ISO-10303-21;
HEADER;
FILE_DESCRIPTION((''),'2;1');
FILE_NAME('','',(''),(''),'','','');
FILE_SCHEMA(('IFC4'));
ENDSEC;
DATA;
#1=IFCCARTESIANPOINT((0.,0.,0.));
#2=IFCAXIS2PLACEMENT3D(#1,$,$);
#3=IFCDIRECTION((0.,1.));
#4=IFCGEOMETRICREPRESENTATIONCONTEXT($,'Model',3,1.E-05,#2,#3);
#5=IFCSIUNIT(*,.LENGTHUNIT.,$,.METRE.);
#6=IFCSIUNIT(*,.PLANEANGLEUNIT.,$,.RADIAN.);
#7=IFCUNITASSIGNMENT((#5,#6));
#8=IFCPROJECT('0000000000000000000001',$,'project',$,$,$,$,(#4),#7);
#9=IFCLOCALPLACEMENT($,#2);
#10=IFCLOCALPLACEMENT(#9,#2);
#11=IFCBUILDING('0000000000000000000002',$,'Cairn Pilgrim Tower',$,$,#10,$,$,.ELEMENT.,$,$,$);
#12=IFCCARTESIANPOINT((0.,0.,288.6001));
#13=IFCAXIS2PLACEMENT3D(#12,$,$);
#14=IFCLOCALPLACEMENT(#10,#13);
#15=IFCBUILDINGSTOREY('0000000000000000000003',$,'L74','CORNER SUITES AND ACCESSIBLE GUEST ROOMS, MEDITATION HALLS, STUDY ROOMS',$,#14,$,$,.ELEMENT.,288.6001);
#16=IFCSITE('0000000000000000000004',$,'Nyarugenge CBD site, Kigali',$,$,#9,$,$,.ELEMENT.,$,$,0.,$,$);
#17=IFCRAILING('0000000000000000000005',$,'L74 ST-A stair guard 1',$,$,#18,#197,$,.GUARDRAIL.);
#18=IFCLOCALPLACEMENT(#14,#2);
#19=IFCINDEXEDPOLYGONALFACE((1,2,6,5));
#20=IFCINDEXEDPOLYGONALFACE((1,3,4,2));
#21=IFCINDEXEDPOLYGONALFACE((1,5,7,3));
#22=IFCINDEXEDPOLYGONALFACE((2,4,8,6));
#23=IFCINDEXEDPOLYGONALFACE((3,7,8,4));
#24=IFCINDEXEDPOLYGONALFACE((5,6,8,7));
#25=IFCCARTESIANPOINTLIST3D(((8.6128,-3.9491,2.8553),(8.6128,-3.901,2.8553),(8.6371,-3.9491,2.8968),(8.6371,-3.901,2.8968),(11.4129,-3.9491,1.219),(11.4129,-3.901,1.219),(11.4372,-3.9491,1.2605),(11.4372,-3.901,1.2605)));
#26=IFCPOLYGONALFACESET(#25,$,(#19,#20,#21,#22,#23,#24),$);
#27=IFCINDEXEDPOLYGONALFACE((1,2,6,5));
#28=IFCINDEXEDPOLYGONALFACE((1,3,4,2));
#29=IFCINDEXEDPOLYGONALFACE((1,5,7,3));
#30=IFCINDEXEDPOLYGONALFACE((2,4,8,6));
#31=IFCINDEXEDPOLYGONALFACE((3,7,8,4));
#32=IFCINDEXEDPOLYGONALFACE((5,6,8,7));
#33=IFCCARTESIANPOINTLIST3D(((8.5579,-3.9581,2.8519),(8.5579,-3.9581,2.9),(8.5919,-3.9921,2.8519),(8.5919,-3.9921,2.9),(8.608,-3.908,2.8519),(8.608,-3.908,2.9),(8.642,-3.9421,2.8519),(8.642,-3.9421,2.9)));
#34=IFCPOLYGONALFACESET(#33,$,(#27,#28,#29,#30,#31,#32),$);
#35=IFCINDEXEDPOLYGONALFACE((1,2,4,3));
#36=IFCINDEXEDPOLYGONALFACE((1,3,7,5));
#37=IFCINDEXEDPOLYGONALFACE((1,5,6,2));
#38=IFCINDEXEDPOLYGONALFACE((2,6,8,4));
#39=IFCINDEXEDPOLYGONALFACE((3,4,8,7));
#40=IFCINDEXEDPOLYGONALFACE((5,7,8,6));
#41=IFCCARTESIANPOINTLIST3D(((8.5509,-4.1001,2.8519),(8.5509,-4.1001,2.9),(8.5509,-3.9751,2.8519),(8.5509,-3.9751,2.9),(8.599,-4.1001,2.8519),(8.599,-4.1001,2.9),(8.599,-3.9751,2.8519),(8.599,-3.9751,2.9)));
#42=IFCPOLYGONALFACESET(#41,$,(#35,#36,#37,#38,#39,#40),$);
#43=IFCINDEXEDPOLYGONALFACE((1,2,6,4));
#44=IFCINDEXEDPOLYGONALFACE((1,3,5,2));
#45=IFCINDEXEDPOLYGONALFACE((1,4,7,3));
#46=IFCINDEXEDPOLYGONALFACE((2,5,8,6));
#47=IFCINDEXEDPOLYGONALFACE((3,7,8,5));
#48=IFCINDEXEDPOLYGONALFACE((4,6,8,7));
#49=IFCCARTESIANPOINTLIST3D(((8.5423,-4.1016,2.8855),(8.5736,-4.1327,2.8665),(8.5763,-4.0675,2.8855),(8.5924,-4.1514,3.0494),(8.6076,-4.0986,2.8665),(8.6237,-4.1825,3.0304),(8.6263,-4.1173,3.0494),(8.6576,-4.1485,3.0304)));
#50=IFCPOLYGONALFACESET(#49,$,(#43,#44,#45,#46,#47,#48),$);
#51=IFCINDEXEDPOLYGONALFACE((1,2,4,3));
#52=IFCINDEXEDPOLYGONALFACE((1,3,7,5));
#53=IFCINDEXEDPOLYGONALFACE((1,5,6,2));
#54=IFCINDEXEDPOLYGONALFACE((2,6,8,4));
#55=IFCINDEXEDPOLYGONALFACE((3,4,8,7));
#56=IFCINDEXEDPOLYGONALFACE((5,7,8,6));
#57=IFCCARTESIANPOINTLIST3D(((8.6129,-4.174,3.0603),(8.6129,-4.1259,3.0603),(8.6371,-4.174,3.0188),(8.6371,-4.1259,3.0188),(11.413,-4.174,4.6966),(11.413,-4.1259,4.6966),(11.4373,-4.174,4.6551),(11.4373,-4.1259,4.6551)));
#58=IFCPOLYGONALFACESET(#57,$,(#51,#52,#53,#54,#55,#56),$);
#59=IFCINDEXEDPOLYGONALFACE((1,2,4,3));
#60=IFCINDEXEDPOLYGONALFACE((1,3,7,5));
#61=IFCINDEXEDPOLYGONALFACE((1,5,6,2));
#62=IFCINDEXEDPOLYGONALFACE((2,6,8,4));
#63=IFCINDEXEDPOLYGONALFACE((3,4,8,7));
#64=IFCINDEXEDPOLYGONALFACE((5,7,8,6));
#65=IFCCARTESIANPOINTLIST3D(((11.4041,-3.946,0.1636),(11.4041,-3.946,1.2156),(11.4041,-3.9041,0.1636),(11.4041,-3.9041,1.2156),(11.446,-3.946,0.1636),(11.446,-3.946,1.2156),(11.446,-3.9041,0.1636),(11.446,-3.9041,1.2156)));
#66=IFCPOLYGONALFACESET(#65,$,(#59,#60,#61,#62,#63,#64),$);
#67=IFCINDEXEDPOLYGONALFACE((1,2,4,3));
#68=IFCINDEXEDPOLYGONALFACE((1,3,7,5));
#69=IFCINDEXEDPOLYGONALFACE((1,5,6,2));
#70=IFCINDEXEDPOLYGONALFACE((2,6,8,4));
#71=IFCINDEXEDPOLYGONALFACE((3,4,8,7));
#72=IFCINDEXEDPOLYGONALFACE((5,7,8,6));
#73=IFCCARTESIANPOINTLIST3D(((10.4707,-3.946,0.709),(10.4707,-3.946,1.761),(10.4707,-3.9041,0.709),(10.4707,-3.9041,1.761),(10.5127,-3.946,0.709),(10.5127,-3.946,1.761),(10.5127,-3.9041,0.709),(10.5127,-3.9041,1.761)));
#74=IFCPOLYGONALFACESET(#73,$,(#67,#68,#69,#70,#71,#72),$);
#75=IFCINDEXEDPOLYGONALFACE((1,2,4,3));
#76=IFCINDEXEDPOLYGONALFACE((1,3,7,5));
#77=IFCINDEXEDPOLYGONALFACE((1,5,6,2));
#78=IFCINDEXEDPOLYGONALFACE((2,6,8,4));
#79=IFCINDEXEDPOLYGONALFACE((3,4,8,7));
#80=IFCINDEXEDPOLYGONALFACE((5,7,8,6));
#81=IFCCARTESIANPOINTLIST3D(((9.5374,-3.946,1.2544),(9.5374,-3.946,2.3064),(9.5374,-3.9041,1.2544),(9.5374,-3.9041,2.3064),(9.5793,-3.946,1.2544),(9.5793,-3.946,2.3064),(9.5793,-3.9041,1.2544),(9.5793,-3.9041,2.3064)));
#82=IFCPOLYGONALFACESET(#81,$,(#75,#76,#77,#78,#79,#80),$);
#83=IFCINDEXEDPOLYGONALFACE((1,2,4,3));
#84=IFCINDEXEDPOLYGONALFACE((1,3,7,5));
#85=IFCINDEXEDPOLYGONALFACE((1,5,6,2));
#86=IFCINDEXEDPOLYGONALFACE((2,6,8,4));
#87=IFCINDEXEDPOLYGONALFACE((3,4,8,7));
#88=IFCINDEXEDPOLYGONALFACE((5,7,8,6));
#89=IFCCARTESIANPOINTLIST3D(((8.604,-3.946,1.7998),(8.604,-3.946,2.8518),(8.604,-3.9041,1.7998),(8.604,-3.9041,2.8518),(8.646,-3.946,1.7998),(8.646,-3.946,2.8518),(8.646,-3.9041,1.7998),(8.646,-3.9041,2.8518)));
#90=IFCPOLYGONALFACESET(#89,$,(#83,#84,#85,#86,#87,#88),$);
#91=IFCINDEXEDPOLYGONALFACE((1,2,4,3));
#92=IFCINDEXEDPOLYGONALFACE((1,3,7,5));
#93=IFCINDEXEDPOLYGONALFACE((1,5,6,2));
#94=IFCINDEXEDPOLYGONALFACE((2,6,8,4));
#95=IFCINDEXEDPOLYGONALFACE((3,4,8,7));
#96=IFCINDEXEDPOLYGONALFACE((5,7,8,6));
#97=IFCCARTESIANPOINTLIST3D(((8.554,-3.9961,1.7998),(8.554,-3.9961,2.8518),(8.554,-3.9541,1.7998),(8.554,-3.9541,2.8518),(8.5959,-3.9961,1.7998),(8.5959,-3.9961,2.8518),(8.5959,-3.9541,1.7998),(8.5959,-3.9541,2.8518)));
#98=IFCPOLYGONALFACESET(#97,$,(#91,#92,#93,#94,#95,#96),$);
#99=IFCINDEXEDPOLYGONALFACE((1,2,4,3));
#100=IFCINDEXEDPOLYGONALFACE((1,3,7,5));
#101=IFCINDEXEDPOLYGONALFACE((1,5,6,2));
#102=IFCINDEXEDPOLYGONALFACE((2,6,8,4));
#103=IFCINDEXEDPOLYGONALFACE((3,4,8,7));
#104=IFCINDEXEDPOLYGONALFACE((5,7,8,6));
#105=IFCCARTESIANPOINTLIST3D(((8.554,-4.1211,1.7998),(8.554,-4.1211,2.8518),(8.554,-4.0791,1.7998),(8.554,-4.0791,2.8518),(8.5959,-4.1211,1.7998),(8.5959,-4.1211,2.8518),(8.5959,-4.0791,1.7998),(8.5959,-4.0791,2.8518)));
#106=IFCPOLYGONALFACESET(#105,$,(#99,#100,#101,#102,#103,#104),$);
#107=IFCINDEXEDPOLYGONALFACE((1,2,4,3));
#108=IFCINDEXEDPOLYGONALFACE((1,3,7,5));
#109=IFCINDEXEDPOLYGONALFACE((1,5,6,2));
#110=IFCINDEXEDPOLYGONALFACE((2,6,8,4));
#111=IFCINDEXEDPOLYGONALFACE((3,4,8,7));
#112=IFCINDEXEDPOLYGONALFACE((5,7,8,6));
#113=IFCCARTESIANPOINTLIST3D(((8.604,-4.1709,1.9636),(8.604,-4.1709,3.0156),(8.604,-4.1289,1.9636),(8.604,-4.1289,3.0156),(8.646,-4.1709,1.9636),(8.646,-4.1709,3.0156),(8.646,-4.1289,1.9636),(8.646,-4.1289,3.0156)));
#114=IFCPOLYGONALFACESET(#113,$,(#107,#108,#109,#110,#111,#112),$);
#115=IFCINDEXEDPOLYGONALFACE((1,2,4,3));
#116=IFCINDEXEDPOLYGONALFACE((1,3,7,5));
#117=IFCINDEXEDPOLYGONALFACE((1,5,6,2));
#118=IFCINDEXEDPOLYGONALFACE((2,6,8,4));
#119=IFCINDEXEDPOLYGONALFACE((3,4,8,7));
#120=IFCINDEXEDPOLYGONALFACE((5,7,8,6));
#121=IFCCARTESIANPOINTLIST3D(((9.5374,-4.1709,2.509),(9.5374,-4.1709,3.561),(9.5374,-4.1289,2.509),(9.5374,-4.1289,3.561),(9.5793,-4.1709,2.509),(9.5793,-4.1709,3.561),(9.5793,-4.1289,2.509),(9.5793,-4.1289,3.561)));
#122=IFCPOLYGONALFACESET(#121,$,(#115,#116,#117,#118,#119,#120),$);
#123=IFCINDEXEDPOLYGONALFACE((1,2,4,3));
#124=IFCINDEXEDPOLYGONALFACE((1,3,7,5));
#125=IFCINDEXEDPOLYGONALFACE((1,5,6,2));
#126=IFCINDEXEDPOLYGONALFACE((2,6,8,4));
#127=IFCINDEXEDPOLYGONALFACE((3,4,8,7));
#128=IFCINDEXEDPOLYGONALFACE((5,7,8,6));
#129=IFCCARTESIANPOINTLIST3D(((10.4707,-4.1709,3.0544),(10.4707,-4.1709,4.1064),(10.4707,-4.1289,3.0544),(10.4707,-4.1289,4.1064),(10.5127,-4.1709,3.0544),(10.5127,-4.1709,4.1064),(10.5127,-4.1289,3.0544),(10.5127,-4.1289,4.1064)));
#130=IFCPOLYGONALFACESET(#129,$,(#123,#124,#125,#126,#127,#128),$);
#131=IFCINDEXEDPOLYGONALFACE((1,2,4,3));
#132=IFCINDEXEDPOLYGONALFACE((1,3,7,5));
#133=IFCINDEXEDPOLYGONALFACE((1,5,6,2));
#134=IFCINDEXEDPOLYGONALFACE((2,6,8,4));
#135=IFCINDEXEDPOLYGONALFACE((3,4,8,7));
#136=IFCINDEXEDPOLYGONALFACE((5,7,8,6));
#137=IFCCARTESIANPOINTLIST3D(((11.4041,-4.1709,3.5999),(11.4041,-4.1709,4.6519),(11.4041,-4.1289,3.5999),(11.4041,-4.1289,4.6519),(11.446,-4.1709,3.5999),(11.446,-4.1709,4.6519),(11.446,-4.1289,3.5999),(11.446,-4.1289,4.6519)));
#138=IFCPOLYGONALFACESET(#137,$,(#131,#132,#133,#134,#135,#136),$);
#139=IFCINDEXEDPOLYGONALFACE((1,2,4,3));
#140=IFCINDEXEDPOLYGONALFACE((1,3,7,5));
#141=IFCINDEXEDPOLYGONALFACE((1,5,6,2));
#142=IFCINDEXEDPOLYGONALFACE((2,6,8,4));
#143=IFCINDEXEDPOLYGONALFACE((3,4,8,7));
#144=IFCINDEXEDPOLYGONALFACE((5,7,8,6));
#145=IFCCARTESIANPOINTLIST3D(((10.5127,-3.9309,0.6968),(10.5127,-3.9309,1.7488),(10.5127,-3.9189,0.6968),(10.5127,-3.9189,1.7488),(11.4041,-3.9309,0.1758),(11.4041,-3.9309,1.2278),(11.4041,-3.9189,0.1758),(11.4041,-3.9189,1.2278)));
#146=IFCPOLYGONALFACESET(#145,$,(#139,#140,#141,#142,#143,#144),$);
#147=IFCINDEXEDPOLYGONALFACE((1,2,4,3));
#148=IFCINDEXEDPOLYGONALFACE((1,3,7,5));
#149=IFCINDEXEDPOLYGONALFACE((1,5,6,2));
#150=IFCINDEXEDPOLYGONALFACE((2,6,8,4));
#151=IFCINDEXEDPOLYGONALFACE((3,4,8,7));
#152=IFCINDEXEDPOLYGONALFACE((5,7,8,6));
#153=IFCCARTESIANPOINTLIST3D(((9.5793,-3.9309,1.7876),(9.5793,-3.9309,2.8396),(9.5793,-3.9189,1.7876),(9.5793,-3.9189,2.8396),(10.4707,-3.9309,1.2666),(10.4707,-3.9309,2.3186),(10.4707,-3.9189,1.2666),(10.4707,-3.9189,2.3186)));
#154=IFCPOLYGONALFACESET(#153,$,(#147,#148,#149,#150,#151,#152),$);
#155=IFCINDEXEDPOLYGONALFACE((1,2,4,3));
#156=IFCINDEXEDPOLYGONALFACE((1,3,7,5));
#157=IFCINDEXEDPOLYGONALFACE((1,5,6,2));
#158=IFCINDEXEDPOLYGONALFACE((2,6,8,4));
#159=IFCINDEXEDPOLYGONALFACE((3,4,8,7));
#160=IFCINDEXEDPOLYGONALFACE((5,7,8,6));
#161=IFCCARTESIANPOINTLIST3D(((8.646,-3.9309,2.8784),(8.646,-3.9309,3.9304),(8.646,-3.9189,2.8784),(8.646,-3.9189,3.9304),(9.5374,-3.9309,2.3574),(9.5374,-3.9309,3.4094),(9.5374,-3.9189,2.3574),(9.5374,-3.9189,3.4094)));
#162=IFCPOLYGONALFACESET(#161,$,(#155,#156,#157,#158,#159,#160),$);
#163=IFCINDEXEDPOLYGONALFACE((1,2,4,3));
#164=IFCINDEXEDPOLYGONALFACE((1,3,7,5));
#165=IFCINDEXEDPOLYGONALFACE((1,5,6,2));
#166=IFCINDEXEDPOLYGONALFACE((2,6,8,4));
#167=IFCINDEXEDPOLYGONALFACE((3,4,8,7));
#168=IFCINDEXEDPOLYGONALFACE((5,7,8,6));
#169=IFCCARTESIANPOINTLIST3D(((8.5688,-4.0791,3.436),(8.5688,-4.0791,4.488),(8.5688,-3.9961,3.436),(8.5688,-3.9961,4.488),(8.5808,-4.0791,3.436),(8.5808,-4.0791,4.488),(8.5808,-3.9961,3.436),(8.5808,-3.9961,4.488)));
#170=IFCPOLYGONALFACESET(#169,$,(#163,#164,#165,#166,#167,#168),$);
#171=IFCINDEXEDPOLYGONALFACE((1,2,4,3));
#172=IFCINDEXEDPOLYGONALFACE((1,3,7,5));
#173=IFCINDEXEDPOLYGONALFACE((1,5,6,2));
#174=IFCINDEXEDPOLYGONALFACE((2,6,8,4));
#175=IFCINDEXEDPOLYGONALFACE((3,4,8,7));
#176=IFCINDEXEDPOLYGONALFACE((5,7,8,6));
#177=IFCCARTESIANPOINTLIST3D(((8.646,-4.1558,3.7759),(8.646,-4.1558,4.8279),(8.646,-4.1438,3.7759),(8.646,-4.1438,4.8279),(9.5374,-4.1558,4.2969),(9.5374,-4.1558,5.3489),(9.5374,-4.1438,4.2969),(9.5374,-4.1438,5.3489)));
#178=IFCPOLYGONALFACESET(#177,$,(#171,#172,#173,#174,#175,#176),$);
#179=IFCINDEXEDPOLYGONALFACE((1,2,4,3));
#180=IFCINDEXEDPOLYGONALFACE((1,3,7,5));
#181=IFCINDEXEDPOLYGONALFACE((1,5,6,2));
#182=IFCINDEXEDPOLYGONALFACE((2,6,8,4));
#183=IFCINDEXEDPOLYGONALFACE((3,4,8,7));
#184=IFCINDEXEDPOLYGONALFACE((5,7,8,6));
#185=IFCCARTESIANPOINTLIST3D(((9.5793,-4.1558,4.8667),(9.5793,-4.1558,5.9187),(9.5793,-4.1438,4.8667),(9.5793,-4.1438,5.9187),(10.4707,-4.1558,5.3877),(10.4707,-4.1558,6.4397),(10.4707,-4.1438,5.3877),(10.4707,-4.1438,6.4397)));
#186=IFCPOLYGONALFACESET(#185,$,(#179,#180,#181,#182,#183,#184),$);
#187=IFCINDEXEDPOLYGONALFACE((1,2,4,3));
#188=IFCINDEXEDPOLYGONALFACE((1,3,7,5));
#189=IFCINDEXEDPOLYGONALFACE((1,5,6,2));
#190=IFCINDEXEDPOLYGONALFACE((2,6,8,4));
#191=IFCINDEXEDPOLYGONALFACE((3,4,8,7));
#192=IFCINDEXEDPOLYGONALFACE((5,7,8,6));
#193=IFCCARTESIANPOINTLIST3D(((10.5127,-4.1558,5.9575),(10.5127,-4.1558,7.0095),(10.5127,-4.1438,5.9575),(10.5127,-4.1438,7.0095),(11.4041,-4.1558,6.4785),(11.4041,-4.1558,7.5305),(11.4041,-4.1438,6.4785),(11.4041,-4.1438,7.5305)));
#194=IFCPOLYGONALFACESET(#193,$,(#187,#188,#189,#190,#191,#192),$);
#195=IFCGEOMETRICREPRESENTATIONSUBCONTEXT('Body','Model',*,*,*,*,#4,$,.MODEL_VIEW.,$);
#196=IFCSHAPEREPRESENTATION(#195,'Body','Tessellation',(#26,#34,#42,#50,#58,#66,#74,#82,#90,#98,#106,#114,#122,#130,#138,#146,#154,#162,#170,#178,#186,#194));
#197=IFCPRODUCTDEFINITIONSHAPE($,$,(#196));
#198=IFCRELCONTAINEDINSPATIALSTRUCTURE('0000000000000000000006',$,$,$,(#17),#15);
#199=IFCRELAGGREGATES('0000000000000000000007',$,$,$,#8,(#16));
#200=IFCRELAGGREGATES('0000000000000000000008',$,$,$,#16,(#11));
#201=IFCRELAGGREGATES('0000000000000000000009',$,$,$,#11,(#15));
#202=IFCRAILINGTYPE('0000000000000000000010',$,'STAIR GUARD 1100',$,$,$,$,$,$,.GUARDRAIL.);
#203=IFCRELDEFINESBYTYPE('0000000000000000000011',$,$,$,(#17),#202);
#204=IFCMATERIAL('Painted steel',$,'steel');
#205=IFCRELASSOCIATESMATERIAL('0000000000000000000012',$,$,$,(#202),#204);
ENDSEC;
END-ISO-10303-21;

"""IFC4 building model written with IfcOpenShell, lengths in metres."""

from ifc_helpers import new_model, si_unit, direction, frame, origin, origin_2d, place, context, subcontext, project, spatial, polyline, rectangle, outline, extrude, material, type_object, element, save


model = new_model("IFC4")

# Units and contexts
model_context = context("Model", 3, precision=1e-05, world=origin(), true_north=direction((0.0, 1.0)))
body_context = subcontext(model_context, "Body", "Model", "MODEL_VIEW")
ifc_project = project(units=[si_unit("LENGTHUNIT", "METRE"), si_unit("PLANEANGLEUNIT", "RADIAN")], contexts=[model_context])

# Site, building, storey
site_placement = place(None, origin())
site = spatial("IfcSite", under=ifc_project, at=site_placement, Name="Nyarugenge CBD site, Kigali", CompositionType="ELEMENT", RefElevation=0.0)
building_placement = place(site_placement, origin())
building = spatial("IfcBuilding", under=site, at=building_placement, Name="Cairn Pilgrim Tower", CompositionType="ELEMENT")
storey_placement = place(building_placement, frame((0.0, 0.0, 288.6001)))
storey = spatial("IfcBuildingStorey", under=building, at=storey_placement, Name="L74", Description="CORNER SUITES AND ACCESSIBLE GUEST ROOMS, MEDITATION HALLS, STUDY ROOMS", CompositionType="ELEMENT", Elevation=288.6001)

# Shared definitions
ifc_material_1 = material(Name="Painted steel", Category="steel")

# Railing
railing_type_1 = type_object("IfcRailingType", Name="STAIR GUARD 1100", PredefinedType="GUARDRAIL", material=ifc_material_1)
railing_1_placement = place(storey_placement, frame((11.425, -3.925, 0.1636)))
element("IfcRailing", 1, at=railing_1_placement, inside=storey, type_object=railing_type_1, Name="L74 ST-A stair guard 1", PredefinedType="GUARDRAIL", context=body_context, shape_type="SweptSolid", body=[
    extrude(rectangle(XDim=0.0481, YDim=0.0481, at=origin_2d()), frame((0.0, 0.0, 1.0762), z_axis=(-0.863394, 0.0, 0.504531), x_axis=(0.0, -1.0, 0.0)), (0.0, 0.0, 1.0), 3.2432),
    extrude(rectangle(XDim=0.0481, YDim=0.0481, at=origin_2d()), frame((-2.8, 0.0, 2.7124), z_axis=(-0.707107, -0.707107, 0.0), x_axis=(0.707107, -0.707107, 0.0)), (0.0, 0.0, 1.0), 0.0708),
    extrude(rectangle(XDim=0.0481, YDim=0.0481, at=origin_2d()), frame((-2.8501, -0.05, 2.7124), z_axis=(0.0, -1.0, 0.0), x_axis=(1.0, 0.0, 0.0)), (0.0, 0.0, 1.0), 0.125),
    extrude(rectangle(XDim=0.0481, YDim=0.0481, at=origin_2d()), frame((-2.8501, -0.175, 2.7124), z_axis=(0.280564, -0.279195, 0.918332), x_axis=(0.705376, 0.708834, 0.0)), (0.0, 0.0, 1.0), 0.1785),
    extrude(rectangle(XDim=0.0481, YDim=0.0481, at=origin_2d()), frame((-2.8, -0.2249, 2.876), z_axis=(0.863394, 0.0, 0.504531), x_axis=(0.0, 1.0, 0.0)), (0.0, 0.0, 1.0), 3.2432),
    extrude(rectangle(XDim=0.042, YDim=0.042, at=origin_2d()), origin(), (0.0, 0.0, 1.0), 1.052),
    extrude(rectangle(XDim=0.042, YDim=0.042, at=origin_2d()), frame((-0.9333, 0.0, 0.5454)), (0.0, 0.0, 1.0), 1.052),
    extrude(rectangle(XDim=0.042, YDim=0.042, at=origin_2d()), frame((-1.8667, 0.0, 1.0908)), (0.0, 0.0, 1.0), 1.052),
    extrude(rectangle(XDim=0.042, YDim=0.042, at=origin_2d()), frame((-2.8, 0.0, 1.6362)), (0.0, 0.0, 1.0), 1.052),
    extrude(rectangle(XDim=0.042, YDim=0.042, at=origin_2d()), frame((-2.8501, -0.05, 1.6362)), (0.0, 0.0, 1.0), 1.052),
    extrude(rectangle(XDim=0.042, YDim=0.042, at=origin_2d()), frame((-2.8501, -0.175, 1.6362)), (0.0, 0.0, 1.0), 1.052),
    extrude(rectangle(XDim=0.042, YDim=0.042, at=origin_2d()), frame((-2.8, -0.2249, 1.8)), (0.0, 0.0, 1.0), 1.052),
    extrude(rectangle(XDim=0.042, YDim=0.042, at=origin_2d()), frame((-1.8667, -0.2249, 2.3455)), (0.0, 0.0, 1.0), 1.052),
    extrude(rectangle(XDim=0.042, YDim=0.042, at=origin_2d()), frame((-0.9333, -0.2249, 2.8909)), (0.0, 0.0, 1.0), 1.052),
    extrude(rectangle(XDim=0.042, YDim=0.042, at=origin_2d()), frame((0.0, -0.2249, 3.4363)), (0.0, 0.0, 1.0), 1.052),
    extrude(outline(polyline([(0.021, 0.0122), (0.9124, 0.5332), (0.9124, 1.5852), (0.021, 1.0642), (0.021, 0.0122)])), frame((0.0, -0.0059, 0.0), z_axis=(0.0, 1.0, 0.0), x_axis=(-1.0, 0.0, 0.0)), (0.0, 0.0, 1.0), 0.012),
    extrude(outline(polyline([(0.021, 0.5576), (0.9124, 1.0786), (0.9124, 2.1306), (0.021, 1.6096), (0.021, 0.5576)])), frame((-0.9333, -0.0059, 0.5454), z_axis=(0.0, 1.0, 0.0), x_axis=(-1.0, 0.0, 0.0)), (0.0, 0.0, 1.0), 0.012),
    extrude(outline(polyline([(0.021, 1.103), (0.9124, 1.624), (0.9124, 2.676), (0.021, 2.155), (0.021, 1.103)])), frame((-1.8667, -0.0059, 1.0908), z_axis=(0.0, 1.0, 0.0), x_axis=(-1.0, 0.0, 0.0)), (0.0, 0.0, 1.0), 0.012),
    extrude(outline(polyline([(0.021, 1.6362), (0.104, 1.6362), (0.104, 2.6882), (0.021, 2.6882), (0.021, 1.6362)])), frame((-2.8442, -0.05, 1.6362), z_axis=(-1.0, 0.0, 0.0), x_axis=(0.0, -1.0, 0.0)), (0.0, 0.0, 1.0), 0.012),
    extrude(outline(polyline([(0.021, 1.8123), (0.9124, 2.3333), (0.9124, 3.3853), (0.021, 2.8643), (0.021, 1.8123)])), frame((-2.8, -0.2188, 1.8), z_axis=(0.0, -1.0, 0.0), x_axis=(1.0, 0.0, 0.0)), (0.0, 0.0, 1.0), 0.012),
    extrude(outline(polyline([(0.021, 2.3577), (0.9124, 2.8787), (0.9124, 3.9307), (0.021, 3.4097), (0.021, 2.3577)])), frame((-1.8667, -0.2188, 2.3455), z_axis=(0.0, -1.0, 0.0), x_axis=(1.0, 0.0, 0.0)), (0.0, 0.0, 1.0), 0.012),
    extrude(outline(polyline([(0.021, 2.9031), (0.9124, 3.4241), (0.9124, 4.4761), (0.021, 3.9551), (0.021, 2.9031)])), frame((-0.9333, -0.2188, 2.8909), z_axis=(0.0, -1.0, 0.0), x_axis=(1.0, 0.0, 0.0)), (0.0, 0.0, 1.0), 0.012),
])

save(model, "model.ifc")
